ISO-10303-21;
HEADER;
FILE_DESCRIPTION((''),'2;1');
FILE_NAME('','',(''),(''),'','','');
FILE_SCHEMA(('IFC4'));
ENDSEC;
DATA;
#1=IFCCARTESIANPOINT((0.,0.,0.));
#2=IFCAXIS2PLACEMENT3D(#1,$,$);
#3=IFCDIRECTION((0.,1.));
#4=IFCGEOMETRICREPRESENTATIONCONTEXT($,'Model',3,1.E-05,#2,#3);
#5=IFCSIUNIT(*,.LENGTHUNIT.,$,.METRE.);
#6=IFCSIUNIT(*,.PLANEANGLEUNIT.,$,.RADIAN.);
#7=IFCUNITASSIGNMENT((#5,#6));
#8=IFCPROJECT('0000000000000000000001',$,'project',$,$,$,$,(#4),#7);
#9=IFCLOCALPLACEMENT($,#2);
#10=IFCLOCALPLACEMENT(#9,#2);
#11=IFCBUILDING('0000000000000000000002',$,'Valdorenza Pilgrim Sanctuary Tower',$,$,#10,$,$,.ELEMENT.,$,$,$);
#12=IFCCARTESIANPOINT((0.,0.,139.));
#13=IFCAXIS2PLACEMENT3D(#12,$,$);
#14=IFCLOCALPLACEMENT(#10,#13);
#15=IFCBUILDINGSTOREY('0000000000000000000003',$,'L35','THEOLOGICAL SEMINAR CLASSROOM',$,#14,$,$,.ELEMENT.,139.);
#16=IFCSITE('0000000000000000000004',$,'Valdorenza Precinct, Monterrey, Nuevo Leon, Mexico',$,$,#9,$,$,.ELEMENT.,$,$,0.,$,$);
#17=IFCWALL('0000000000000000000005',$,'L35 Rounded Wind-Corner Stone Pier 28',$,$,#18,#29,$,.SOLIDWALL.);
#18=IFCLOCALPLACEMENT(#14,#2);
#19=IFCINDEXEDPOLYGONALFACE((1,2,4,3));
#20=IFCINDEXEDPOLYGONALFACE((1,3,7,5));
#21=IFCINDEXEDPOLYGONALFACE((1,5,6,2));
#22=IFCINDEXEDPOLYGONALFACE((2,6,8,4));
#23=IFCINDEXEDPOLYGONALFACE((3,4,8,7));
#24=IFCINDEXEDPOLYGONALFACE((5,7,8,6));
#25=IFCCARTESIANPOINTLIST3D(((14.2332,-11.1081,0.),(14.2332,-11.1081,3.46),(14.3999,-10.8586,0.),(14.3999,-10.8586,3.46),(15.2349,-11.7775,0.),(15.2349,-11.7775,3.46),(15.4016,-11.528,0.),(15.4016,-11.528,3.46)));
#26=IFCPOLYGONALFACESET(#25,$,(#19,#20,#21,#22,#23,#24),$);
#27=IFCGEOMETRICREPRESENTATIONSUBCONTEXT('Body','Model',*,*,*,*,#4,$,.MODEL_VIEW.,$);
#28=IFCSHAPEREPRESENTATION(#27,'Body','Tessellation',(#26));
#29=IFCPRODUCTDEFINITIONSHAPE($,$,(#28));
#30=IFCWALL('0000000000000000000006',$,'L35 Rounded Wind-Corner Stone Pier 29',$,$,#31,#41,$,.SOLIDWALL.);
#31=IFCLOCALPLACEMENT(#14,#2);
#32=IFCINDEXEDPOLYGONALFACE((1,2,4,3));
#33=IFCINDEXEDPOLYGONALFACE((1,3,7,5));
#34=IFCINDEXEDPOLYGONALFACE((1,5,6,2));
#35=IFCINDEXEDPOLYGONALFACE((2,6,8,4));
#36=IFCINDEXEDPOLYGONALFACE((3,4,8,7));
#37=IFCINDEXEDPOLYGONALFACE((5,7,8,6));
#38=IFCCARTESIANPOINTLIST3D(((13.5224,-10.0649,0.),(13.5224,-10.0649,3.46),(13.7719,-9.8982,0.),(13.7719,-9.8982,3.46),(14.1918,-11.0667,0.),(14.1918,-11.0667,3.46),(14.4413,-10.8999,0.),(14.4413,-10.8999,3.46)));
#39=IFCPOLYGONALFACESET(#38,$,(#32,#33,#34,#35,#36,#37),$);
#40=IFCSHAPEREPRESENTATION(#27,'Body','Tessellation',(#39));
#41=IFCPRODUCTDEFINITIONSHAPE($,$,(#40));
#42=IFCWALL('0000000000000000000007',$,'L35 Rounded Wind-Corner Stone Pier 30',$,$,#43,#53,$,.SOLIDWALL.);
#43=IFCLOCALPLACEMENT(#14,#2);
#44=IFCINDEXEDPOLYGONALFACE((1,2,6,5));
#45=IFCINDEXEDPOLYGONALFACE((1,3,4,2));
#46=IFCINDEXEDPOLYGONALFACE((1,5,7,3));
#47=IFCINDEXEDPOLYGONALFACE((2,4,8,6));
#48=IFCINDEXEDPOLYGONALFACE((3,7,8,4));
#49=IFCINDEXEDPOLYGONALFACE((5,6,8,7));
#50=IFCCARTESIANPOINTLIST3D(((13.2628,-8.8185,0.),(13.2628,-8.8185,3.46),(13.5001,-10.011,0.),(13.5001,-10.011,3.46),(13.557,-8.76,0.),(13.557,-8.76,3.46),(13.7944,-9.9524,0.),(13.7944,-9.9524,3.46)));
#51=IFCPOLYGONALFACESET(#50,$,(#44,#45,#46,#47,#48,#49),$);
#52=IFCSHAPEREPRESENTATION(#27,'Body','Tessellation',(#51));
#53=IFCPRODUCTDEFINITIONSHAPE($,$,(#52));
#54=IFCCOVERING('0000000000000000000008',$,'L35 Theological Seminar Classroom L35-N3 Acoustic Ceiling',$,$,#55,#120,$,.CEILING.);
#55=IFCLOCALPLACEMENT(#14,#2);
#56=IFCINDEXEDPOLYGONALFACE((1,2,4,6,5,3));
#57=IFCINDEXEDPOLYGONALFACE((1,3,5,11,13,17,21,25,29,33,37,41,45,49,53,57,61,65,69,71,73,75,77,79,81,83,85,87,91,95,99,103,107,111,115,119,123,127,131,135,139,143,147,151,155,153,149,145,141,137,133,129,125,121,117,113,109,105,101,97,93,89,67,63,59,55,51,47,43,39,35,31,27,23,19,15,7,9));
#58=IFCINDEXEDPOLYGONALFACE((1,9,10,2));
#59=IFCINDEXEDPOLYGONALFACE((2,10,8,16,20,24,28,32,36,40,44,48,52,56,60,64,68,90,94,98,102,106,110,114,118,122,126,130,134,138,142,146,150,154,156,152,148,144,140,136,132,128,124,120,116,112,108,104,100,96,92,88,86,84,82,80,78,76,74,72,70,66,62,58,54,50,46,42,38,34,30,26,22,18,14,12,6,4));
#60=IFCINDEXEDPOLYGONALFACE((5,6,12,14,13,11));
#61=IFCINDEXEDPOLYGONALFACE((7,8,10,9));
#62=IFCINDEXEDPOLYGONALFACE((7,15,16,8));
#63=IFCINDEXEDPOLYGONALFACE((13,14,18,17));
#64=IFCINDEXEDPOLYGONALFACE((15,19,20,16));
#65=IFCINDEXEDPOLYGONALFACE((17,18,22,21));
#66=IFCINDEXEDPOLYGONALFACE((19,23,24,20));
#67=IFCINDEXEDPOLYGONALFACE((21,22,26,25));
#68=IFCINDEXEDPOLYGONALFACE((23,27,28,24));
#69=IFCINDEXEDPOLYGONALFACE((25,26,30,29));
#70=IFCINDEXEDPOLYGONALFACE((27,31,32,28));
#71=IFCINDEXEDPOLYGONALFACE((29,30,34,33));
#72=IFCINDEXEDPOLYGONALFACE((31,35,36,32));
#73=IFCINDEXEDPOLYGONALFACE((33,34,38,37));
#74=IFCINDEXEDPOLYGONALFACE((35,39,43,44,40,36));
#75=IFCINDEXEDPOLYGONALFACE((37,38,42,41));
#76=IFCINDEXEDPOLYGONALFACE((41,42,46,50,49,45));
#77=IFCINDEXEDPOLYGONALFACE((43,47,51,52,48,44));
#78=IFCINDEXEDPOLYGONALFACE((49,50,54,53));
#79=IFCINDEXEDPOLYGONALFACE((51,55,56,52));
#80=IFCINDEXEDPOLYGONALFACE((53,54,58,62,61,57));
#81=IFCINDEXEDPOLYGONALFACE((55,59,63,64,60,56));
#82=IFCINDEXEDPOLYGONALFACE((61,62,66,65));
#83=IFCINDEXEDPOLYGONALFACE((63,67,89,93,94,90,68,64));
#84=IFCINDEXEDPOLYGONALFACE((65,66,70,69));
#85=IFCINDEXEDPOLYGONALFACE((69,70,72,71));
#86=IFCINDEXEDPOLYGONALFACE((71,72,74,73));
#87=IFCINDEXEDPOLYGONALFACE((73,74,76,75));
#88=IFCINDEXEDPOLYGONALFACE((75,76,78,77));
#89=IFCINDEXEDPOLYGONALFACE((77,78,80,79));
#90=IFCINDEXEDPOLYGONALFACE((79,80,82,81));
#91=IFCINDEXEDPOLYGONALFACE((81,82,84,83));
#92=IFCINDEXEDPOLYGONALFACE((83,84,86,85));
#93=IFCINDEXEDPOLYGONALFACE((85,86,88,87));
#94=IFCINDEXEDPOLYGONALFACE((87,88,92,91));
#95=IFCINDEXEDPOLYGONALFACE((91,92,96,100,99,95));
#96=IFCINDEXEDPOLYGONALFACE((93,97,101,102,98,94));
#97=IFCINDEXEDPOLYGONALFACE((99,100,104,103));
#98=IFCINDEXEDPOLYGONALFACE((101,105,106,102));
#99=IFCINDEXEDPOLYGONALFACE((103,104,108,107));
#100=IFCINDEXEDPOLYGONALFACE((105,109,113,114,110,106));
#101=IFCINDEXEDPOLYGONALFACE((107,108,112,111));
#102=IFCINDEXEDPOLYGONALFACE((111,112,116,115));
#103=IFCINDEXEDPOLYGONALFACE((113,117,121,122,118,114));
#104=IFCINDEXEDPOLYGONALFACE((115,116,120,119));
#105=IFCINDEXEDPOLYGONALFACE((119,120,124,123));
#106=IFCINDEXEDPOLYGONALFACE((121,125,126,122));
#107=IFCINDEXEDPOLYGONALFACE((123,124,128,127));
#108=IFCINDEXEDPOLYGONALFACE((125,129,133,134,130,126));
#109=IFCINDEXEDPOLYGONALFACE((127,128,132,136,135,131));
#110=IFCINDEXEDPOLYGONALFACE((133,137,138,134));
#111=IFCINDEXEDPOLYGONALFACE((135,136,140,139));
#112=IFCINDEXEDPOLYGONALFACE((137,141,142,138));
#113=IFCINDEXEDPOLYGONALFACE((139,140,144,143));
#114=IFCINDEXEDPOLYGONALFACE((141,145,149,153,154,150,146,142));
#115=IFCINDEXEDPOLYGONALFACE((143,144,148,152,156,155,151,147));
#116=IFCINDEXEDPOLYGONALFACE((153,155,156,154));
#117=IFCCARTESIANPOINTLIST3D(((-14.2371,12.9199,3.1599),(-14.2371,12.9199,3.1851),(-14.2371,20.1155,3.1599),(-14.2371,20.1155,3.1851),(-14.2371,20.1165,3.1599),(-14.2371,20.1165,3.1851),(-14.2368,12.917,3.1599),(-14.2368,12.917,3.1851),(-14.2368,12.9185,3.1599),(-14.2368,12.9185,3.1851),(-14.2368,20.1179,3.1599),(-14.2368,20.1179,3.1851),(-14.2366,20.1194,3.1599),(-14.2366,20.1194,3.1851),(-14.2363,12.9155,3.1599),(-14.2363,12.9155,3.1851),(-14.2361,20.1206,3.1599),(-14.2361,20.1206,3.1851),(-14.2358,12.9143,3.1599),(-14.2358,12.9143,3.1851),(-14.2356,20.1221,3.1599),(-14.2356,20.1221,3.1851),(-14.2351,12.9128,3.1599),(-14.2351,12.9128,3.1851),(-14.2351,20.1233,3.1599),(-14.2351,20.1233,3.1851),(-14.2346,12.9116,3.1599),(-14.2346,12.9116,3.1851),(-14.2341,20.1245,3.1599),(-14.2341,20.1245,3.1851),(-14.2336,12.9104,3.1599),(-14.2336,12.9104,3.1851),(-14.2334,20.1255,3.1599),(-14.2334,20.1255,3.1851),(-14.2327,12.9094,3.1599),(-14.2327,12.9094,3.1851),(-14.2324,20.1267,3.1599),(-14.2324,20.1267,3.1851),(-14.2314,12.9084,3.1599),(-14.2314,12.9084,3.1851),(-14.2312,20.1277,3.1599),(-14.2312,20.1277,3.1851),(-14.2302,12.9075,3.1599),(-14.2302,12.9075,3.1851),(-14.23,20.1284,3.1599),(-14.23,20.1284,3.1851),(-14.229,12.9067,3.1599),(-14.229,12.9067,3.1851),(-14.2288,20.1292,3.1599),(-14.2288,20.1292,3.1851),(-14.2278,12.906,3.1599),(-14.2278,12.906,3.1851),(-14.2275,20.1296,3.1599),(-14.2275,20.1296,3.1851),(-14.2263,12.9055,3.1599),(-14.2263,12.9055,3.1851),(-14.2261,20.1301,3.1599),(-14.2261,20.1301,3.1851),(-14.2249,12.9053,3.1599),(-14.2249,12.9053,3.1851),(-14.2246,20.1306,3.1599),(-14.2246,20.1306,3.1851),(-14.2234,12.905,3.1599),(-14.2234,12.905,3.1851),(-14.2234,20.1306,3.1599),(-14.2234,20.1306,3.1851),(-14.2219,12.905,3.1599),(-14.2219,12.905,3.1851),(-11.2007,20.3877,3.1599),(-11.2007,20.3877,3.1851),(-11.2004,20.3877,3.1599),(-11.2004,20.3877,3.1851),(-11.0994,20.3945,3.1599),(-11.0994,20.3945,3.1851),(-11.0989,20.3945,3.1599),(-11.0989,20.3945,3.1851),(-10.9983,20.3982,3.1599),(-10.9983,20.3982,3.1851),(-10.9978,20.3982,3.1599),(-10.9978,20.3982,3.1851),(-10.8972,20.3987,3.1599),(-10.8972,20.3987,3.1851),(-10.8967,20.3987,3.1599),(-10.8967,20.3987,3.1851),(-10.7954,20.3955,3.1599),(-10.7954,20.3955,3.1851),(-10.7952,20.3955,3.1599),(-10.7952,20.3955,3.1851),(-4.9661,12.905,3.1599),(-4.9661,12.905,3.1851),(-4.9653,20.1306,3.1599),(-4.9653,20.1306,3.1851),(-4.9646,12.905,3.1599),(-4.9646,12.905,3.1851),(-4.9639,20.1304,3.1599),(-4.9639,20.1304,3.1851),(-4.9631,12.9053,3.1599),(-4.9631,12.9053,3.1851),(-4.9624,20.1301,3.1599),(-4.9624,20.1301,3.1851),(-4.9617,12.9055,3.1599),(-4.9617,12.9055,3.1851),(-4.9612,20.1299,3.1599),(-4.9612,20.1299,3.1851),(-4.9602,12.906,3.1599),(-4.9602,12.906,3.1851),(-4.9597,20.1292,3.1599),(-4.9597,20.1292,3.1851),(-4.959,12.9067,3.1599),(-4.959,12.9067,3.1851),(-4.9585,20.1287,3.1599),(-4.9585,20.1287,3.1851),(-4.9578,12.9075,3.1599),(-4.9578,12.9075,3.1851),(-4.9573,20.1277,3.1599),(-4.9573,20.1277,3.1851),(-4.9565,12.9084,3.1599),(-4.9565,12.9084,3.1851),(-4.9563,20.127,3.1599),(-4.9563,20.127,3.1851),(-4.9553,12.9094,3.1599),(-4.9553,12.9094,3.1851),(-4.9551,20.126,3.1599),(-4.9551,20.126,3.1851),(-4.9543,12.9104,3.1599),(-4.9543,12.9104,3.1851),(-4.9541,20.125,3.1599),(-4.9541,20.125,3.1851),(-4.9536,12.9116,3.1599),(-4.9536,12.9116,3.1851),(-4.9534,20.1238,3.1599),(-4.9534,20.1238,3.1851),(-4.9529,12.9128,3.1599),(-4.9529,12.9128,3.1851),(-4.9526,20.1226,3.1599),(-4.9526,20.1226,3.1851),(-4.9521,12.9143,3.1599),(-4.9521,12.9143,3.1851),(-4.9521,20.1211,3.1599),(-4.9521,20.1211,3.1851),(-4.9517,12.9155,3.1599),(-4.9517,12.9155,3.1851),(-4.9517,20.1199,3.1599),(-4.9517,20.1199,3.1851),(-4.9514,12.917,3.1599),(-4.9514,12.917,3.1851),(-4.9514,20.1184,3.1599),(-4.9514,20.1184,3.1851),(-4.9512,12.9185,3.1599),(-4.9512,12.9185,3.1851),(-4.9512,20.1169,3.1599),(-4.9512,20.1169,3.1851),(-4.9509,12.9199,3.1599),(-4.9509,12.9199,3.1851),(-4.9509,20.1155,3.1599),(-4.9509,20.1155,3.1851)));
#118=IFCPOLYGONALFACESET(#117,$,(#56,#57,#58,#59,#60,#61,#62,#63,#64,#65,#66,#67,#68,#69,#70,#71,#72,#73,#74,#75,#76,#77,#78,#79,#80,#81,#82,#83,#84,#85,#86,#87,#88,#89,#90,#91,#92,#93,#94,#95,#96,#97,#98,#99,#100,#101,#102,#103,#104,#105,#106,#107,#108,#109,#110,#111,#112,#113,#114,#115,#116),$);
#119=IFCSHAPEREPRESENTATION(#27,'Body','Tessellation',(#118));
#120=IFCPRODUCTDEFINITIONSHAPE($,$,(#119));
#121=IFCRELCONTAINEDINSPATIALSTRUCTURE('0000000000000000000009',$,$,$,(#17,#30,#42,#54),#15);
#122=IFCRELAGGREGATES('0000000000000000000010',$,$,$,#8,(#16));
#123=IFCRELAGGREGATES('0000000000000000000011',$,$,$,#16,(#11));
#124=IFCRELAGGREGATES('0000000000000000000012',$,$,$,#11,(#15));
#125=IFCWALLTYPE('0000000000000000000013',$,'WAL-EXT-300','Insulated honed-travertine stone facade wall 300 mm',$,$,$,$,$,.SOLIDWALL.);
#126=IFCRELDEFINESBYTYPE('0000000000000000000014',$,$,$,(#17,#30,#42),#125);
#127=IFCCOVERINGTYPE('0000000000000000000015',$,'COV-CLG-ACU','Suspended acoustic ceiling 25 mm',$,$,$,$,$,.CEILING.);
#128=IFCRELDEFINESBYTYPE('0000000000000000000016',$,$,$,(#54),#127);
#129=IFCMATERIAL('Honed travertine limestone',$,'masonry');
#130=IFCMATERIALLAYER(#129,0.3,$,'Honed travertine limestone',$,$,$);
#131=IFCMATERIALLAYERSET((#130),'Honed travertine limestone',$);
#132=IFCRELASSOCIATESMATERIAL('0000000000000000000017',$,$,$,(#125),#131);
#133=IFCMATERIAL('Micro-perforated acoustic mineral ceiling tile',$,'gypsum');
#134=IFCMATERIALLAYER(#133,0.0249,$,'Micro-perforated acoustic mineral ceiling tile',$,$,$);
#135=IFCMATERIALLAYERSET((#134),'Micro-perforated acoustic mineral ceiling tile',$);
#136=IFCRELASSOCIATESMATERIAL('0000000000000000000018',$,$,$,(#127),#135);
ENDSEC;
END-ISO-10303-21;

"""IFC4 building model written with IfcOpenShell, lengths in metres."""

from ifc_helpers import new_model, si_unit, direction, frame, frame_2d, origin, place, context, subcontext, project, spatial, polyline, rectangle, outline, extrude, material, layer, layer_set, type_object, element, save


model = new_model("IFC4")

# Units and contexts
model_context = context("Model", 3, precision=1e-05, world=origin(), true_north=direction((0.0, 1.0)))
body_context = subcontext(model_context, "Body", "Model", "MODEL_VIEW")
ifc_project = project(units=[si_unit("LENGTHUNIT", "METRE"), si_unit("PLANEANGLEUNIT", "RADIAN")], contexts=[model_context])

# Site, building, storey
site_placement = place(None, origin())
site = spatial("IfcSite", under=ifc_project, at=site_placement, Name="Valdorenza Precinct, Monterrey, Nuevo Leon, Mexico", CompositionType="ELEMENT", RefElevation=0.0)
building_placement = place(site_placement, origin())
building = spatial("IfcBuilding", under=site, at=building_placement, Name="Valdorenza Pilgrim Sanctuary Tower", CompositionType="ELEMENT")
storey_placement = place(building_placement, frame((0.0, 0.0, 139.0)))
storey = spatial("IfcBuildingStorey", under=building, at=storey_placement, Name="L35", Description="THEOLOGICAL SEMINAR CLASSROOM", CompositionType="ELEMENT", Elevation=139.0)

# Shared definitions
ifc_material_1 = material(Name="Honed travertine limestone", Category="masonry")

# Walls
ifc_layer_1 = layer(ifc_material_1, 0.3, Name="Honed travertine limestone")
ifc_layer_set_1 = layer_set([ifc_layer_1], Name="Honed travertine limestone")
wall_type_1 = type_object("IfcWallType", Name="WAL-EXT-300", Description="Insulated honed-travertine stone facade wall 300 mm", PredefinedType="SOLIDWALL", material=ifc_layer_set_1)
for number, where, z_axis, x_axis, name in (
    (1, (15.3184, -11.6528, 0.0), (0.0, 0.0, 1.0), (-0.831426, 0.555635, 0.0), "L35 Rounded Wind-Corner Stone Pier 28"),
    (2, (14.3167, -10.9834, 0.0), (0.0, 0.0, 1.0), (-0.555635, 0.831426, 0.0), "L35 Rounded Wind-Corner Stone Pier 29"),
):
    element("IfcWall", number, at=place(storey_placement, frame(where, z_axis=z_axis, x_axis=x_axis)), inside=storey, type_object=wall_type_1, Name=name, PredefinedType="SOLIDWALL", context=body_context, shape_type="SweptSolid", body=[
        extrude(rectangle(XDim=1.2048, YDim=0.3, at=frame_2d((0.6025, 0.0))), origin(), (0.0, 0.0, 1.0), 3.46),
    ])
wall_1_placement = place(storey_placement, frame((13.6472, -9.9817, 0.0), z_axis=(0.0, 0.0, 1.0), x_axis=(-0.195189, 0.980766, 0.0)))
element("IfcWall", 3, at=wall_1_placement, inside=storey, type_object=wall_type_1, Name="L35 Rounded Wind-Corner Stone Pier 30", PredefinedType="SOLIDWALL", context=body_context, shape_type="SweptSolid", body=[
    extrude(rectangle(XDim=1.2158, YDim=0.3, at=frame_2d((0.6079, 0.0))), origin(), (0.0, 0.0, 1.0), 3.46),
])

# Covering
ifc_material_2 = material(Name="Micro-perforated acoustic mineral ceiling tile", Category="gypsum")
ifc_layer_2 = layer(ifc_material_2, 0.0249, Name="Micro-perforated acoustic mineral ceiling tile")
ifc_layer_set_2 = layer_set([ifc_layer_2], Name="Micro-perforated acoustic mineral ceiling tile")
covering_type_1 = type_object("IfcCoveringType", Name="COV-CLG-ACU", Description="Suspended acoustic ceiling 25 mm", PredefinedType="CEILING", material=ifc_layer_set_2)
covering_1_placement = place(storey_placement, frame((0.0, 0.0, 3.1599)))
element("IfcCovering", 4, at=covering_1_placement, inside=storey, type_object=covering_type_1, Name="L35 Theological Seminar Classroom L35-N3 Acoustic Ceiling", PredefinedType="CEILING", context=body_context, shape_type="SweptSolid", body=[
    extrude(outline(polyline([(-14.2371, 20.1155), (-14.2371, 20.1165), (-14.2368, 20.1179), (-14.2366, 20.1194), (-14.2361, 20.1206), (-14.2356, 20.1221), (-14.2351, 20.1233), (-14.2341, 20.1245), (-14.2334, 20.1255), (-14.2324, 20.1267), (-14.2312, 20.1277), (-14.23, 20.1284), (-14.2288, 20.1292), (-14.2275, 20.1296), (-14.2261, 20.1301), (-14.2246, 20.1306), (-14.2234, 20.1306), (-11.2007, 20.3877), (-11.2004, 20.3877), (-11.0994, 20.3945), (-11.0989, 20.3945), (-10.9983, 20.3982), (-10.9978, 20.3982), (-10.8972, 20.3987), (-10.8967, 20.3987), (-10.7954, 20.3955), (-10.7952, 20.3955), (-4.9653, 20.1306), (-4.9639, 20.1304), (-4.9624, 20.1301), (-4.9612, 20.1299), (-4.9597, 20.1292), (-4.9585, 20.1287), (-4.9573, 20.1277), (-4.9563, 20.127), (-4.9551, 20.126), (-4.9541, 20.125), (-4.9534, 20.1238), (-4.9526, 20.1226), (-4.9521, 20.1211), (-4.9517, 20.1199), (-4.9514, 20.1184), (-4.9512, 20.1169), (-4.9509, 20.1155), (-4.9509, 12.9199), (-4.9512, 12.9185), (-4.9514, 12.917), (-4.9517, 12.9155), (-4.9521, 12.9143), (-4.9529, 12.9128), (-4.9536, 12.9116), (-4.9543, 12.9104), (-4.9553, 12.9094), (-4.9565, 12.9084), (-4.9578, 12.9075), (-4.959, 12.9067), (-4.9602, 12.906), (-4.9617, 12.9055), (-4.9631, 12.9053), (-4.9646, 12.905), (-4.9661, 12.905), (-14.2219, 12.905), (-14.2234, 12.905), (-14.2249, 12.9053), (-14.2263, 12.9055), (-14.2278, 12.906), (-14.229, 12.9067), (-14.2302, 12.9075), (-14.2314, 12.9084), (-14.2327, 12.9094), (-14.2336, 12.9104), (-14.2346, 12.9116), (-14.2351, 12.9128), (-14.2358, 12.9143), (-14.2363, 12.9155), (-14.2368, 12.917), (-14.2368, 12.9185), (-14.2371, 12.9199), (-14.2371, 20.1155), (-14.2371, 20.1155)])), origin(), (0.0, 0.0, 1.0), 0.0251),
])

save(model, "model.ifc")
